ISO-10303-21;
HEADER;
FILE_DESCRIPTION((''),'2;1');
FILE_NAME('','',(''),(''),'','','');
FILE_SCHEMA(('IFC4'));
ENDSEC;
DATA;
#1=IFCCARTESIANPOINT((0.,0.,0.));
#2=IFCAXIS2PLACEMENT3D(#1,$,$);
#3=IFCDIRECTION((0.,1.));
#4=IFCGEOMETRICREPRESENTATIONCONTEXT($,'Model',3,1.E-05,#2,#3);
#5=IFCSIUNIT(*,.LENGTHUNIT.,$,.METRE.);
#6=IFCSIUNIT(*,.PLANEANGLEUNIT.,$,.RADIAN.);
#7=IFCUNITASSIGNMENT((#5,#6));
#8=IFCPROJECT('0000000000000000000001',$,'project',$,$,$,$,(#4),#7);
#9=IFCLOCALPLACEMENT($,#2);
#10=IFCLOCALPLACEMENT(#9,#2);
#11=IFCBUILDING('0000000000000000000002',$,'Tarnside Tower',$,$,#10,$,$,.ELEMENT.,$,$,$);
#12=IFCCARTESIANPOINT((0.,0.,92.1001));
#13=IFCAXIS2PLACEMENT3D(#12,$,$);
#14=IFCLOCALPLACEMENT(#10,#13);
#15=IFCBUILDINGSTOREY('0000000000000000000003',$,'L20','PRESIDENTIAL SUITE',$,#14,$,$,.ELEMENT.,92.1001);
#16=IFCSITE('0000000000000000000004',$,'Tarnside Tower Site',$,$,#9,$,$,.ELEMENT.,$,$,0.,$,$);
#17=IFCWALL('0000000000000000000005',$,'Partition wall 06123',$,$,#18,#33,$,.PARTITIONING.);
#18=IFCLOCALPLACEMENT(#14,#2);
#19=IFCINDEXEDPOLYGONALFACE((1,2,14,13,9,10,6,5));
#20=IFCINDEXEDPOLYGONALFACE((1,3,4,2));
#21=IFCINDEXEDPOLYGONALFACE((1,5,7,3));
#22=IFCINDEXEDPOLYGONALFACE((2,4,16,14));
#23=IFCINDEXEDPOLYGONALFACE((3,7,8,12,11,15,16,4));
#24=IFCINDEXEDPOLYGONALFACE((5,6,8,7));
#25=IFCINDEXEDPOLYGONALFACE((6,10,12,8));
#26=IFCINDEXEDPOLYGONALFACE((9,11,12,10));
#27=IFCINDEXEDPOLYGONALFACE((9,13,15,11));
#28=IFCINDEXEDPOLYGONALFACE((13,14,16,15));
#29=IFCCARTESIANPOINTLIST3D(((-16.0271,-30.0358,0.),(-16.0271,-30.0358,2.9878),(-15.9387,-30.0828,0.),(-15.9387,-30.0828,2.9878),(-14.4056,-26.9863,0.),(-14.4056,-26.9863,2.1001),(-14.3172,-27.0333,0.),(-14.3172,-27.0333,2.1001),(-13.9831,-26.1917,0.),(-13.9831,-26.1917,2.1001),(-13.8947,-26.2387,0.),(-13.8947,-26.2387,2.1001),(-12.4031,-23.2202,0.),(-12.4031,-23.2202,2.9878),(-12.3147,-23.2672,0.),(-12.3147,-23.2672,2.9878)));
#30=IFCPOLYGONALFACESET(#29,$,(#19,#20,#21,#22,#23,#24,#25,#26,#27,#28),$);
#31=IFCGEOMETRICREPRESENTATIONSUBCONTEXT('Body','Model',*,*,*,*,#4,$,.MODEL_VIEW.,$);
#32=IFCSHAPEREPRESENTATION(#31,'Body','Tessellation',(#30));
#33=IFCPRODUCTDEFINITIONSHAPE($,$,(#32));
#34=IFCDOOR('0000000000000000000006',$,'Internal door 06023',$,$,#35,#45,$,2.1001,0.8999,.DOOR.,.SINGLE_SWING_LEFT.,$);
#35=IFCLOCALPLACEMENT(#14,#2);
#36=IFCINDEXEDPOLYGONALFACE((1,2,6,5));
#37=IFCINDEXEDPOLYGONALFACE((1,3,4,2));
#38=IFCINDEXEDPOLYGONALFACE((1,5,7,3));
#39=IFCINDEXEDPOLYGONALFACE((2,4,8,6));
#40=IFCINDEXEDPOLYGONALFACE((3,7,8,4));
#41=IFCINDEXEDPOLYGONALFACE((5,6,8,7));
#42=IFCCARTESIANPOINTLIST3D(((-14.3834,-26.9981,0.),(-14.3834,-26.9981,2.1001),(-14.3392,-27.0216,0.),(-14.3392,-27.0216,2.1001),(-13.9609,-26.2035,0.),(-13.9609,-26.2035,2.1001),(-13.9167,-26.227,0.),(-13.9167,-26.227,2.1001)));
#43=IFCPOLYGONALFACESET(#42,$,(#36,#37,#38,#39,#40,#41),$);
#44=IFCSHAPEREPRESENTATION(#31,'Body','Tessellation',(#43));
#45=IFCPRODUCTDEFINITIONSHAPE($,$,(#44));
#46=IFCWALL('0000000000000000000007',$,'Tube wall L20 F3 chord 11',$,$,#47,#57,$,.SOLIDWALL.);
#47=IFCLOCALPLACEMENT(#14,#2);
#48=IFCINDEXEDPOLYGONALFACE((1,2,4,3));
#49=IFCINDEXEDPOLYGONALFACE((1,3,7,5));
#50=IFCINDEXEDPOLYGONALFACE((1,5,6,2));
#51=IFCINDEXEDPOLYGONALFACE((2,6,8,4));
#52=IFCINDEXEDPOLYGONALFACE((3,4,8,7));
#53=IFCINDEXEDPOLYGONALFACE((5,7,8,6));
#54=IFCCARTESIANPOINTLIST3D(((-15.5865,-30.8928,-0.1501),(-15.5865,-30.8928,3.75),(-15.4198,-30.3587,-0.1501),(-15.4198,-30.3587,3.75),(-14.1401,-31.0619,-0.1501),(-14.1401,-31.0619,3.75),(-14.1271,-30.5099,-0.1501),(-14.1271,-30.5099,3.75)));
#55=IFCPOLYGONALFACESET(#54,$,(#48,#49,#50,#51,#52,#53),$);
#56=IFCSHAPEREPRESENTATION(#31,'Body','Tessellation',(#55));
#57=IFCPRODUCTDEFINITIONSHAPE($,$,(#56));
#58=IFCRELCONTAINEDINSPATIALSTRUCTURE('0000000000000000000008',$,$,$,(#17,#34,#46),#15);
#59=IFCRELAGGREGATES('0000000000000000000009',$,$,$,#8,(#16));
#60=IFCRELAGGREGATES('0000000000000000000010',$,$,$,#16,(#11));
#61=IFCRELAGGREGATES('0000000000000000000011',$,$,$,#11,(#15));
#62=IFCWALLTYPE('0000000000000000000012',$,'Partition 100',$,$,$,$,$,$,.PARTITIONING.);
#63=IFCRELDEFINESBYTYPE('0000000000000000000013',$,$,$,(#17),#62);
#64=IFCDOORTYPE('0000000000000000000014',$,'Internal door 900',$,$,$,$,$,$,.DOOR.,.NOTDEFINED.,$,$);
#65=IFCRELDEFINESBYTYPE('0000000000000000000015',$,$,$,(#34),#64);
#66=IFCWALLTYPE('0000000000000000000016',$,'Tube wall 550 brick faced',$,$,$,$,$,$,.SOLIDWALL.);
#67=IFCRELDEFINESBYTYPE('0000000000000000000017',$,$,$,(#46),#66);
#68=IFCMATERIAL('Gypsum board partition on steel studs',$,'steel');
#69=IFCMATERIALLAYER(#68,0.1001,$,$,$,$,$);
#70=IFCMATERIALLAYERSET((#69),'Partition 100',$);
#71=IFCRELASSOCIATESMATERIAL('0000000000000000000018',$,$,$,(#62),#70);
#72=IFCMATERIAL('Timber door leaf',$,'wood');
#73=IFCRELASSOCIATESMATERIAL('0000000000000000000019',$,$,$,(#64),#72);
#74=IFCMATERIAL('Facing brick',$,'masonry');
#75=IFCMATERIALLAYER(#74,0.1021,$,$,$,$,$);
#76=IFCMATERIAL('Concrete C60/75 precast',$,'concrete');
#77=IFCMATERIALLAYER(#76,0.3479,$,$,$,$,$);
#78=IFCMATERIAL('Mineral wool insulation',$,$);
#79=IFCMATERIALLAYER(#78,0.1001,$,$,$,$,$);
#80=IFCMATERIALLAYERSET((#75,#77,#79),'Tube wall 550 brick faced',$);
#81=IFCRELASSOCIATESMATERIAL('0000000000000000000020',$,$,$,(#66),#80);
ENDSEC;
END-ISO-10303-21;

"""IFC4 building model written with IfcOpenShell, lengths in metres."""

from ifc_helpers import new_model, si_unit, direction, frame, frame_2d, origin, place, context, subcontext, project, spatial, polyline, rectangle, outline, extrude, material, layer, layer_set, type_object, element, fill, save


model = new_model("IFC4")

# Units and contexts
model_context = context("Model", 3, precision=1e-05, world=origin(), true_north=direction((0.0, 1.0)))
body_context = subcontext(model_context, "Body", "Model", "MODEL_VIEW")
ifc_project = project(units=[si_unit("LENGTHUNIT", "METRE"), si_unit("PLANEANGLEUNIT", "RADIAN")], contexts=[model_context])

# Site, building, storey
site_placement = place(None, origin())
site = spatial("IfcSite", under=ifc_project, at=site_placement, Name="Tarnside Tower Site", CompositionType="ELEMENT", RefElevation=0.0)
building_placement = place(site_placement, origin())
building = spatial("IfcBuilding", under=site, at=building_placement, Name="Tarnside Tower", CompositionType="ELEMENT")
storey_placement = place(building_placement, frame((0.0, 0.0, 92.1001)))
storey = spatial("IfcBuildingStorey", under=building, at=storey_placement, Name="L20", Description="PRESIDENTIAL SUITE", CompositionType="ELEMENT", Elevation=92.1001)

# Shared definitions
ifc_material_1 = material(Name="Gypsum board partition on steel studs", Category="steel")

# Shared definitions
ifc_material_2 = material(Name="Timber door leaf", Category="wood")

# Wall, opening, door
ifc_layer_1 = layer(ifc_material_1, 0.1001)
ifc_layer_set_1 = layer_set([ifc_layer_1], Name="Partition 100")
wall_type_1 = type_object("IfcWallType", Name="Partition 100", PredefinedType="PARTITIONING", material=ifc_layer_set_1)
wall_1_placement = place(storey_placement, frame((-15.9829, -30.0593, 0.0), z_axis=(0.0, 0.0, 1.0), x_axis=(0.469478, 0.882944, 0.0)))
wall_1 = element("IfcWall", 1, at=wall_1_placement, inside=storey, type_object=wall_type_1, Name="Partition wall 06123", PredefinedType="PARTITIONING", context=body_context, shape_type="SweptSolid", body=[
    extrude(rectangle(XDim=7.7192, YDim=0.1001, at=frame_2d((3.8596, 0.0))), origin(), (0.0, 0.0, 1.0), 2.9878),
])
opening_1_placement = place(wall_1_placement, frame((3.4539, 0.0, 0.0)))
opening_1 = element("IfcOpeningElement", 2, at=opening_1_placement, cuts=wall_1, PredefinedType="OPENING", context=body_context, shape_type="SweptSolid", body=[
    extrude(rectangle(XDim=0.8999, YDim=2.1001, at=frame_2d((0.45, 1.05))), frame((0.0, 0.0601, 0.0), z_axis=(0.0, -1.0, 0.0), x_axis=(1.0, 0.0, 0.0)), (0.0, 0.0, 1.0), 0.1201),
])
door_type_1 = type_object("IfcDoorType", Name="Internal door 900", OperationType="NOTDEFINED", PredefinedType="DOOR", material=ifc_material_2)
door_1_placement = place(opening_1_placement, origin())
door_1 = element("IfcDoor", 3, at=door_1_placement, inside=storey, type_object=door_type_1, Name="Internal door 06023", OperationType="SINGLE_SWING_LEFT", OverallHeight=2.1001, OverallWidth=0.8999, PredefinedType="DOOR", context=body_context, shape_type="SweptSolid", body=[
    extrude(rectangle(XDim=0.8999, YDim=2.1001, at=frame_2d((0.45, 1.05))), frame((0.0, 0.0249, 0.0), z_axis=(0.0, -1.0, 0.0), x_axis=(1.0, 0.0, 0.0)), (0.0, 0.0, 1.0), 0.05),
])
fill(opening_1, door_1)

# Wall
ifc_material_3 = material(Name="Facing brick", Category="masonry")
ifc_layer_2 = layer(ifc_material_3, 0.1021)
ifc_material_4 = material(Name="Concrete C60/75 precast", Category="concrete")
ifc_layer_3 = layer(ifc_material_4, 0.3479)
ifc_material_5 = material(Name="Mineral wool insulation")
ifc_layer_4 = layer(ifc_material_5, 0.1001)
ifc_layer_set_2 = layer_set([ifc_layer_2, ifc_layer_3, ifc_layer_4], Name="Tube wall 550 brick faced")
wall_type_2 = type_object("IfcWallType", Name="Tube wall 550 brick faced", PredefinedType="SOLIDWALL", material=ifc_layer_set_2)
wall_2_placement = place(storey_placement, frame((-15.5032, -30.6257, -0.1501), z_axis=(0.0, 0.0, 1.0), x_axis=(0.993233, -0.116143, 0.0)))
element("IfcWall", 4, at=wall_2_placement, inside=storey, type_object=wall_type_2, Name="Tube wall L20 F3 chord 11", PredefinedType="SOLIDWALL", context=body_context, shape_type="SweptSolid", body=[
    extrude(outline(polyline([(-0.0518, -0.2749), (1.4045, -0.2749), (1.3533, 0.2749), (0.0518, 0.2749), (-0.0518, -0.2749)])), origin(), (0.0, 0.0, 1.0), 3.9001),
])

save(model, "model.ifc")
